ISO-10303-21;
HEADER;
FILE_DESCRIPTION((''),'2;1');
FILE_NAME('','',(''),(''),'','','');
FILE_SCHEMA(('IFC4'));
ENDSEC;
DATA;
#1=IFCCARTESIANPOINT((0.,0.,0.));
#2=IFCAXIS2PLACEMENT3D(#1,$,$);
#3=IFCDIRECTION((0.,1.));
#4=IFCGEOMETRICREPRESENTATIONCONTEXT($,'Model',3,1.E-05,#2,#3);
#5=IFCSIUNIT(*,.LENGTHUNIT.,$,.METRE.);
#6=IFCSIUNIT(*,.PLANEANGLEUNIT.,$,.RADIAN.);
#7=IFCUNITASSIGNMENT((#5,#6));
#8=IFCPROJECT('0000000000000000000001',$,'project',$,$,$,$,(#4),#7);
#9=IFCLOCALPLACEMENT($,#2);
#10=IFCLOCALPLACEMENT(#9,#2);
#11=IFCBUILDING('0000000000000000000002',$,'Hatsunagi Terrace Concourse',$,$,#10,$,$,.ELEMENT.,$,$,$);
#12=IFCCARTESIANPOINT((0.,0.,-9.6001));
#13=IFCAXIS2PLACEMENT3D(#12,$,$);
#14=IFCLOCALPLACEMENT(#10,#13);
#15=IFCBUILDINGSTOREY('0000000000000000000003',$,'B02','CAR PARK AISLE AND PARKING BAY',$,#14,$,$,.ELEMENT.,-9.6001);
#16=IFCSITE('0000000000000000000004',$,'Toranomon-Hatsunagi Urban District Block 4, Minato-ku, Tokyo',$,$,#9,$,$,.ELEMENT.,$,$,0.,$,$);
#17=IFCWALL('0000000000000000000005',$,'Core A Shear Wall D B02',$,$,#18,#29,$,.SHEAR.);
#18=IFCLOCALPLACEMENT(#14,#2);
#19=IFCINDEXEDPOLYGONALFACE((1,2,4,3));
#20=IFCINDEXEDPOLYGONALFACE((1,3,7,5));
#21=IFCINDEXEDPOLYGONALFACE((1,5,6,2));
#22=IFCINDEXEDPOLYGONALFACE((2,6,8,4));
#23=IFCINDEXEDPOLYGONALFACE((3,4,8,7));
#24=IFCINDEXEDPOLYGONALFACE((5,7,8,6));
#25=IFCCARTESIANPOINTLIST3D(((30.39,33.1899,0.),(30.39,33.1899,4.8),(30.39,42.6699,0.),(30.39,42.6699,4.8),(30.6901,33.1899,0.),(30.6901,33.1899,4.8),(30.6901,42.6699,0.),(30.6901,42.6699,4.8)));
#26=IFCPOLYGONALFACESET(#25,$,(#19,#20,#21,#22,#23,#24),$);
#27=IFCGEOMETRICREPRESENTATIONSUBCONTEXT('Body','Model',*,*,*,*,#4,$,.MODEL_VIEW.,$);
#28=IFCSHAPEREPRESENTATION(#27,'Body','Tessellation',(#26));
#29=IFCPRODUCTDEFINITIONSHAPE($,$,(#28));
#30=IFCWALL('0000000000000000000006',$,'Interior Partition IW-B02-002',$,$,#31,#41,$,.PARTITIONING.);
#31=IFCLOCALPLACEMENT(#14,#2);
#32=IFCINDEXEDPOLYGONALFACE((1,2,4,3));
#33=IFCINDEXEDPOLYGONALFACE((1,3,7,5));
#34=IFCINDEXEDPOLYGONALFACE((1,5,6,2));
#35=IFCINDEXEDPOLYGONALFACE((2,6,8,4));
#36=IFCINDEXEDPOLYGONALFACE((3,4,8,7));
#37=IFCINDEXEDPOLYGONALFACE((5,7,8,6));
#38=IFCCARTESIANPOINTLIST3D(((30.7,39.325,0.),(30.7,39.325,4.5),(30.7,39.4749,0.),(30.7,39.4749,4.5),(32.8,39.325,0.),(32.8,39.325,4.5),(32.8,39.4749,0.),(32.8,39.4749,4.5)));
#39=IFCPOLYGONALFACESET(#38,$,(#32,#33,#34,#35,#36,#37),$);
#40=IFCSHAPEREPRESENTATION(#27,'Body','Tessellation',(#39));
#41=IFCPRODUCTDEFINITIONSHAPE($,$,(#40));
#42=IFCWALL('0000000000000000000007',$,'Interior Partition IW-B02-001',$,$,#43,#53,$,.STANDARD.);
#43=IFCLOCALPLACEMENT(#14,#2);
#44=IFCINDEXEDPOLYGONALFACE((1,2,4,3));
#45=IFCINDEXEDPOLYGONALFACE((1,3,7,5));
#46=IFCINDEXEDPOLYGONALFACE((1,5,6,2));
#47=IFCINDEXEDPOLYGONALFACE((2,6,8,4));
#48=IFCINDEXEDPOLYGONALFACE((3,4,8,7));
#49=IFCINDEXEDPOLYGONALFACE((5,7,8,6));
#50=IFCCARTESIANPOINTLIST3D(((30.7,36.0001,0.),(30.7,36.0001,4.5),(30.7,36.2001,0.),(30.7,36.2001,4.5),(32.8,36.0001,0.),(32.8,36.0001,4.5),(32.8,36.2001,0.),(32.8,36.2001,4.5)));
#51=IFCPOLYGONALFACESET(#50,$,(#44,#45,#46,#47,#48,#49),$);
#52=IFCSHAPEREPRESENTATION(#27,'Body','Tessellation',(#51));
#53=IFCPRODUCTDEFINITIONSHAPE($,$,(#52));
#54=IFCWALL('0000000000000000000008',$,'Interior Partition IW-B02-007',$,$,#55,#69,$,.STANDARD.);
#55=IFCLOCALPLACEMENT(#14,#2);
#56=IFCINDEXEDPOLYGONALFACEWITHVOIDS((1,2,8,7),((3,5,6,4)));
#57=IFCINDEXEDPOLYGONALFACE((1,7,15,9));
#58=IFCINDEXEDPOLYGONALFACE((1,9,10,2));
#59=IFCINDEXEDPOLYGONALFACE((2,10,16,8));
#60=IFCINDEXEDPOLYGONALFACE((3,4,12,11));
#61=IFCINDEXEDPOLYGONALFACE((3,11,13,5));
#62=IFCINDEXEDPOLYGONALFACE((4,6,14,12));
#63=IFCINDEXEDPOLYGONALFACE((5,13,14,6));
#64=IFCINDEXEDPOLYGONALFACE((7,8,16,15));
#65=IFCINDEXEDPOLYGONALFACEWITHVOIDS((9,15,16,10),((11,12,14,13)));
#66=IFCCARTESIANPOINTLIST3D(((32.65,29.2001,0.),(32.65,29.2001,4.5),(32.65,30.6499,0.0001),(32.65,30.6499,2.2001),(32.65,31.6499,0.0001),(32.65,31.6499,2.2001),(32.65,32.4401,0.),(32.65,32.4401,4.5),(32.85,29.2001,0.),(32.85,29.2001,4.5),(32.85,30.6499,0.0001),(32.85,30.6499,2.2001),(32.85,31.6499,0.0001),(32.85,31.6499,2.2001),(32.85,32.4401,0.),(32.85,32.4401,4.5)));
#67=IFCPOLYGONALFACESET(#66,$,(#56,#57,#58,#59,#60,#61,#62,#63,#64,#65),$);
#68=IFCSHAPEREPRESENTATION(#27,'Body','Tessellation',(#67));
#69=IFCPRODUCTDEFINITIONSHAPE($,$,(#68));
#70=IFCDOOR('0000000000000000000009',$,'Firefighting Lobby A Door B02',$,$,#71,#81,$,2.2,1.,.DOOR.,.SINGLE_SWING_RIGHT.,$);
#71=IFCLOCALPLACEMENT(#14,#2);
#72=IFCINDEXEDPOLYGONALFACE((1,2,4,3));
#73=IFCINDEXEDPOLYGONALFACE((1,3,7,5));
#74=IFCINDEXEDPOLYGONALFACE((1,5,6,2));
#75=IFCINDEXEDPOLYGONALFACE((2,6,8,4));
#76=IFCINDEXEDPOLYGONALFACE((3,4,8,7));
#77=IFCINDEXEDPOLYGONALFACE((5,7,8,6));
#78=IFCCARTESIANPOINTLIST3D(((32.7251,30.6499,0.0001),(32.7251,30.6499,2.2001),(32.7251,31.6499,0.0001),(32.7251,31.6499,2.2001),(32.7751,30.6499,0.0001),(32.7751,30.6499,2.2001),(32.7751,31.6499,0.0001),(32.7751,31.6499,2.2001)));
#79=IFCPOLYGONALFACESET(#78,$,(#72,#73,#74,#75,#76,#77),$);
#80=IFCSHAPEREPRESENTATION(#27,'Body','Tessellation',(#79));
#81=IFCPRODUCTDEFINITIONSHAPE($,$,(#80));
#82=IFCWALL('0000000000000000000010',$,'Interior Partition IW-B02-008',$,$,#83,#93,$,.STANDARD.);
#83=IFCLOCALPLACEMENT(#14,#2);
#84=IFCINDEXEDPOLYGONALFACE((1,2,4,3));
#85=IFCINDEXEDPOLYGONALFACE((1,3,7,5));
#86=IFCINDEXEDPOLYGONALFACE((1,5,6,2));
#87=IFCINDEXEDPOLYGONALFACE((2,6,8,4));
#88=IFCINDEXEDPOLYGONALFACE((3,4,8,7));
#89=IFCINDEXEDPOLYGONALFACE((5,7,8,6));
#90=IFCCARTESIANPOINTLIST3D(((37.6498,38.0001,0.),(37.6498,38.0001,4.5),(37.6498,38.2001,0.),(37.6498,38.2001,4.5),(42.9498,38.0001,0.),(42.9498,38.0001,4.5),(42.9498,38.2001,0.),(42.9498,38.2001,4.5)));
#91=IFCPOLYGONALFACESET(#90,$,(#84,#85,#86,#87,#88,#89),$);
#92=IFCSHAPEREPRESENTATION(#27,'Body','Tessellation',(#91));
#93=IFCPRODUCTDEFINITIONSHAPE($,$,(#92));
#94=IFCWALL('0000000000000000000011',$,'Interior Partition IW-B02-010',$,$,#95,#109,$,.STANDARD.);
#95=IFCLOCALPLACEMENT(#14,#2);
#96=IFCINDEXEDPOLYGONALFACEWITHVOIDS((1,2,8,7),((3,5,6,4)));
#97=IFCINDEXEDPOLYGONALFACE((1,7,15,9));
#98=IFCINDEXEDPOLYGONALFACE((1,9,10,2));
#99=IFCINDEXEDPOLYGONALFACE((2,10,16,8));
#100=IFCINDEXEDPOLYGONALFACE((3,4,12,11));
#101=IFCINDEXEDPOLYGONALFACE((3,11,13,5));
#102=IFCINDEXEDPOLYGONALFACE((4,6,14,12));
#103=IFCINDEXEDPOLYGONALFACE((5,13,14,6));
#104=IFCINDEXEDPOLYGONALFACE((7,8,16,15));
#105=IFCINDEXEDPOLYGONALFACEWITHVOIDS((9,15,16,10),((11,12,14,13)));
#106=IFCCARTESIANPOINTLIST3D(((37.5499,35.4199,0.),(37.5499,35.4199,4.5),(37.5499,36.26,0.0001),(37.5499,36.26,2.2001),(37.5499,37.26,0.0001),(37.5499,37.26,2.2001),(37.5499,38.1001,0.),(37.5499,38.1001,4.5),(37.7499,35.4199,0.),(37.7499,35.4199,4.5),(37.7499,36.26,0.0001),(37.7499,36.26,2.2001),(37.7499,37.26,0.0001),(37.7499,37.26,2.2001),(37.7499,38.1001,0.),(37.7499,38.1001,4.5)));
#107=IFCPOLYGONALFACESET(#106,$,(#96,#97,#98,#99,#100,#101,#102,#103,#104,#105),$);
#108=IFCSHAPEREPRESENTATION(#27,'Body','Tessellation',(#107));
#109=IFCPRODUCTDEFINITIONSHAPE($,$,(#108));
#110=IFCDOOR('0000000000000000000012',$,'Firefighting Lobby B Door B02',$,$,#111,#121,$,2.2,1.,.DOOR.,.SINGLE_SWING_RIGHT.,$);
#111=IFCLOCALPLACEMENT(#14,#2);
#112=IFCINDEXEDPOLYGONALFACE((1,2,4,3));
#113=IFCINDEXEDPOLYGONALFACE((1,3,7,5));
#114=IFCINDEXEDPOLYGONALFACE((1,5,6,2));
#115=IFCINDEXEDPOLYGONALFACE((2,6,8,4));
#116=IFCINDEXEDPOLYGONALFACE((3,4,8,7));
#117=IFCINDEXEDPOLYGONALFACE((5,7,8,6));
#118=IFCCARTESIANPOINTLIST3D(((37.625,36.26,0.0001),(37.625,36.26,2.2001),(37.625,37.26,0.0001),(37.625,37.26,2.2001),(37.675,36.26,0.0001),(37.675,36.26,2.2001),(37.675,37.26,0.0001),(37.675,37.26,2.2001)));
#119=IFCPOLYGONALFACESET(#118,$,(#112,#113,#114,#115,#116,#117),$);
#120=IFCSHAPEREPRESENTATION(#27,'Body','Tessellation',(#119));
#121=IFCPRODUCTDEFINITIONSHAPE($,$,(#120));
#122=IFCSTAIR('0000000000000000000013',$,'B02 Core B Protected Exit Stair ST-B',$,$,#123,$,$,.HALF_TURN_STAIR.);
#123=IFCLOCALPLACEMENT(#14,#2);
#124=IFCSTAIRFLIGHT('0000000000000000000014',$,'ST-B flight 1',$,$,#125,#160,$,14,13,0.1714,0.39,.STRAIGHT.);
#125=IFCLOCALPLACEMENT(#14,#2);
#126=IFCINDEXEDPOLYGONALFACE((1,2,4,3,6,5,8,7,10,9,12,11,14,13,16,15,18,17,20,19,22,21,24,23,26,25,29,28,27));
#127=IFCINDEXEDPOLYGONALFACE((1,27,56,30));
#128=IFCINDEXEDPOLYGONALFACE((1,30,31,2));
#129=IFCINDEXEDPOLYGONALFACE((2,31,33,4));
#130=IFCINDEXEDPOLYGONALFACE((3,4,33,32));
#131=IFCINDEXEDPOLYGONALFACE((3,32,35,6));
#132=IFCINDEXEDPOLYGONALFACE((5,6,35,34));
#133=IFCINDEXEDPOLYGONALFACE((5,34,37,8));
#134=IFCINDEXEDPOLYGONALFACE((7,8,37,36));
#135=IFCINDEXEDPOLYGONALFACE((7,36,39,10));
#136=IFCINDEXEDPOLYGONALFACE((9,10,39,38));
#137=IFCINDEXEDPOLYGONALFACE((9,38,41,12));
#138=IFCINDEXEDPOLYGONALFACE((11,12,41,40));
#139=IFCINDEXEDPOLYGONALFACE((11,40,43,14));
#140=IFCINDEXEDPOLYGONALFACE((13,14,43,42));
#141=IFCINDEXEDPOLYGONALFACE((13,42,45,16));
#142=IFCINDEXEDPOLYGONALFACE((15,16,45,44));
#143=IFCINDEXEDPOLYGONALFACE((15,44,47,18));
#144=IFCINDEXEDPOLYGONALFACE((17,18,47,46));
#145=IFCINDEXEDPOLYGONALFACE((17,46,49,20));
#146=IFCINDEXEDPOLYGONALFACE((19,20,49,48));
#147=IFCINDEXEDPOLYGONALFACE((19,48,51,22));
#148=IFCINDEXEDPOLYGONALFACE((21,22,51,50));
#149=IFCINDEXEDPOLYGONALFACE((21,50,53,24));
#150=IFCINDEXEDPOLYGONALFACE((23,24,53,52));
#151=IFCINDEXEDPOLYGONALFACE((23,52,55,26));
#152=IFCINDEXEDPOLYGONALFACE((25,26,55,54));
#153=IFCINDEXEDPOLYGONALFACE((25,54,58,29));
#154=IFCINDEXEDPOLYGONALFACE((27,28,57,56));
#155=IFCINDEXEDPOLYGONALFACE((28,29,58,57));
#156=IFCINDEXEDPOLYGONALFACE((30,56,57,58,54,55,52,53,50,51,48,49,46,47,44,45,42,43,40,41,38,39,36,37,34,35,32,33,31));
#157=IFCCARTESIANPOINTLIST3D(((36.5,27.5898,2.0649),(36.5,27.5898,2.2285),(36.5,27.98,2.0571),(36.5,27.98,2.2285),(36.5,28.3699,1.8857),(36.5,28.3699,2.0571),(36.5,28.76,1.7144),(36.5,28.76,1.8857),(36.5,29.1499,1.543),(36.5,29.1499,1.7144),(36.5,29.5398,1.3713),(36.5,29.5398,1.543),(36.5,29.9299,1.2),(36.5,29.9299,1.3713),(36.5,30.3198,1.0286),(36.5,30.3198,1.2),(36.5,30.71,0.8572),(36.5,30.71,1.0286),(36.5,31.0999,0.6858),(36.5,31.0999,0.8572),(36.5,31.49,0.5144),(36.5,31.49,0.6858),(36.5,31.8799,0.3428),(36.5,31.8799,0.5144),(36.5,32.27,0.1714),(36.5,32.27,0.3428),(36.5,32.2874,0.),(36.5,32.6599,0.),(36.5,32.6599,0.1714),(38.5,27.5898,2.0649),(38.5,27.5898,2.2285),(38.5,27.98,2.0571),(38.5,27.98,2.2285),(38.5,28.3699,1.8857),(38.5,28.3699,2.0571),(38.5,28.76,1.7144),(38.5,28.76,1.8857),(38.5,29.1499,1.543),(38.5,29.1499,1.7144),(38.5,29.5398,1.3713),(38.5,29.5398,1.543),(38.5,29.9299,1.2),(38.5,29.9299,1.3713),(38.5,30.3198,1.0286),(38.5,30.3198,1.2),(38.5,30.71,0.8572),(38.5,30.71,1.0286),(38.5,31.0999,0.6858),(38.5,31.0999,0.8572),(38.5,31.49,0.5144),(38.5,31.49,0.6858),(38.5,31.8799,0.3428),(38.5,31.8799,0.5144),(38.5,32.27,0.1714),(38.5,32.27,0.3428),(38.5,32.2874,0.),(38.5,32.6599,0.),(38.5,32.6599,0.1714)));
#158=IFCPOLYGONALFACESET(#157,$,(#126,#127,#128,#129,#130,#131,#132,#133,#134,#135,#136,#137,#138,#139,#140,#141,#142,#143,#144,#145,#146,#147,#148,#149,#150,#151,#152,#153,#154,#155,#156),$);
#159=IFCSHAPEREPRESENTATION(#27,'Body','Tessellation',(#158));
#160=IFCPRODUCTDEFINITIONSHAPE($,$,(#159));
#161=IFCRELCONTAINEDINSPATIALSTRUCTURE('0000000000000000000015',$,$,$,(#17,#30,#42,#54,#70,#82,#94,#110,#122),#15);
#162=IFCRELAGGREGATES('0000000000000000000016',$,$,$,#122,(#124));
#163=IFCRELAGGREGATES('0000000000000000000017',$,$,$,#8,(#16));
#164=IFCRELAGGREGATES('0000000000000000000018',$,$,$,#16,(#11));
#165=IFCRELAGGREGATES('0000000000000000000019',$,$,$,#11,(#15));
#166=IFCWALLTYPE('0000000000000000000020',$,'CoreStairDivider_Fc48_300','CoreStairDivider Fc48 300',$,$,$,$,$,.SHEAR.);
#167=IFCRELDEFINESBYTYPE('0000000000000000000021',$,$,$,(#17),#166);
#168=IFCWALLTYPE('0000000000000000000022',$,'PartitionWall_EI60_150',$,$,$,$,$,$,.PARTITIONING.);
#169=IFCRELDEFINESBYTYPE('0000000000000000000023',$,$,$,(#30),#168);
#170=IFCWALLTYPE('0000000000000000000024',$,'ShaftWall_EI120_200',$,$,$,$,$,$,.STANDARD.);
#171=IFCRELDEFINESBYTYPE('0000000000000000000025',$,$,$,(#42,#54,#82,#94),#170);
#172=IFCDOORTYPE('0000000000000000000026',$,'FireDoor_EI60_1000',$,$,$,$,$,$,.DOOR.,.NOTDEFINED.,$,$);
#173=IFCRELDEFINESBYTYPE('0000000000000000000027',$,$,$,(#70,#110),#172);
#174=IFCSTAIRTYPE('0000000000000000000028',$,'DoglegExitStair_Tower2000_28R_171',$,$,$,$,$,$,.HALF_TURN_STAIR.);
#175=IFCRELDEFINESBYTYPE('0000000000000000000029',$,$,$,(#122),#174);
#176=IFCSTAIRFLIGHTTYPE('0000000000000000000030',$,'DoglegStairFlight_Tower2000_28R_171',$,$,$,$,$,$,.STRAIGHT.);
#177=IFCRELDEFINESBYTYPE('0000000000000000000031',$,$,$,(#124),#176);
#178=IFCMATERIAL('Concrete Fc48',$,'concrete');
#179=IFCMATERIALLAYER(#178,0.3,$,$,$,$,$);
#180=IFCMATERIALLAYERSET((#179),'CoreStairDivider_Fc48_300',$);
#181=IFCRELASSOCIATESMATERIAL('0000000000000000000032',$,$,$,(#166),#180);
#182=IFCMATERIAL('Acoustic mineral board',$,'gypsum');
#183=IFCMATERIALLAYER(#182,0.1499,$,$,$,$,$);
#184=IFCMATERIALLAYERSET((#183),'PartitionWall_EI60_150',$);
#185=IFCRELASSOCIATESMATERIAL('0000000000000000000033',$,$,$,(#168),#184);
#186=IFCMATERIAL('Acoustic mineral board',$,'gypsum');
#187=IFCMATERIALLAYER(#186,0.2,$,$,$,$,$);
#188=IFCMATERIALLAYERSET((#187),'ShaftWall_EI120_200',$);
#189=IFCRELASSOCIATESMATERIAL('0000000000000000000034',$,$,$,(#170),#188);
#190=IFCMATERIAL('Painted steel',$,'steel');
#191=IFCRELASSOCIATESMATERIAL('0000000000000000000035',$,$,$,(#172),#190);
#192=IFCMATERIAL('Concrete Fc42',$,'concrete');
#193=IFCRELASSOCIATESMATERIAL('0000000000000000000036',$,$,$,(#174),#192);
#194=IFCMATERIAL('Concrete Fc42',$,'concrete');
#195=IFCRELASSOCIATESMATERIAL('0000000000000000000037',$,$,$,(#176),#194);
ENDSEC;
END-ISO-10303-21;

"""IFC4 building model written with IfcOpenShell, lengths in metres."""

from ifc_helpers import new_model, si_unit, direction, frame, frame_2d, origin, place, context, subcontext, project, spatial, polyline, rectangle, outline, extrude, material, layer, layer_set, type_object, element, fill, aggregate, save


model = new_model("IFC4")

# Units and contexts
model_context = context("Model", 3, precision=1e-05, world=origin(), true_north=direction((0.0, 1.0)))
body_context = subcontext(model_context, "Body", "Model", "MODEL_VIEW")
ifc_project = project(units=[si_unit("LENGTHUNIT", "METRE"), si_unit("PLANEANGLEUNIT", "RADIAN")], contexts=[model_context])

# Site, building, storey
site_placement = place(None, origin())
site = spatial("IfcSite", under=ifc_project, at=site_placement, Name="Toranomon-Hatsunagi Urban District Block 4, Minato-ku, Tokyo", CompositionType="ELEMENT", RefElevation=0.0)
building_placement = place(site_placement, origin())
building = spatial("IfcBuilding", under=site, at=building_placement, Name="Hatsunagi Terrace Concourse", CompositionType="ELEMENT")
storey_placement = place(building_placement, frame((0.0, 0.0, -9.6001)))
storey = spatial("IfcBuildingStorey", under=building, at=storey_placement, Name="B02", Description="CAR PARK AISLE AND PARKING BAY", CompositionType="ELEMENT", Elevation=-9.6001)

# Walls
ifc_material_1 = material(Name="Concrete Fc48", Category="concrete")
ifc_layer_1 = layer(ifc_material_1, 0.3)
ifc_layer_set_1 = layer_set([ifc_layer_1], Name="CoreStairDivider_Fc48_300")
wall_type_1 = type_object("IfcWallType", Name="CoreStairDivider_Fc48_300", Description="CoreStairDivider Fc48 300", PredefinedType="SHEAR", material=ifc_layer_set_1)
wall_1_placement = place(storey_placement, frame((30.54, 33.1899, 0.0), z_axis=(0.0, 0.0, 1.0), x_axis=(0.0, 1.0, 0.0)))
element("IfcWall", 1, at=wall_1_placement, inside=storey, type_object=wall_type_1, Name="Core A Shear Wall D B02", PredefinedType="SHEAR", context=body_context, shape_type="SweptSolid", body=[
    extrude(rectangle(XDim=9.48, YDim=0.3, at=frame_2d((4.74, 0.0))), origin(), (0.0, 0.0, 1.0), 4.8),
])
ifc_material_2 = material(Name="Acoustic mineral board", Category="gypsum")
ifc_layer_2 = layer(ifc_material_2, 0.1499)
ifc_layer_set_2 = layer_set([ifc_layer_2], Name="PartitionWall_EI60_150")
wall_type_2 = type_object("IfcWallType", Name="PartitionWall_EI60_150", PredefinedType="PARTITIONING", material=ifc_layer_set_2)
wall_2_placement = place(storey_placement, frame((30.7, 39.3999, 0.0), z_axis=(0.0, 0.0, 1.0), x_axis=(1.0, 0.0, 0.0)))
element("IfcWall", 2, at=wall_2_placement, inside=storey, type_object=wall_type_2, Name="Interior Partition IW-B02-002", PredefinedType="PARTITIONING", context=body_context, shape_type="SweptSolid", body=[
    extrude(rectangle(XDim=2.1001, YDim=0.1499, at=frame_2d((1.05, 0.0))), origin(), (0.0, 0.0, 1.0), 4.5),
])
ifc_material_3 = material(Name="Acoustic mineral board", Category="gypsum")
ifc_layer_3 = layer(ifc_material_3, 0.2)
ifc_layer_set_3 = layer_set([ifc_layer_3], Name="ShaftWall_EI120_200")
wall_type_3 = type_object("IfcWallType", Name="ShaftWall_EI120_200", PredefinedType="STANDARD", material=ifc_layer_set_3)
wall_3_placement = place(storey_placement, frame((30.7, 36.1001, 0.0), z_axis=(0.0, 0.0, 1.0), x_axis=(1.0, 0.0, 0.0)))
element("IfcWall", 3, at=wall_3_placement, inside=storey, type_object=wall_type_3, Name="Interior Partition IW-B02-001", PredefinedType="STANDARD", context=body_context, shape_type="SweptSolid", body=[
    extrude(rectangle(XDim=2.1001, YDim=0.2, at=frame_2d((1.05, 0.0))), origin(), (0.0, 0.0, 1.0), 4.5),
])

# Wall, opening, door
wall_4_placement = place(storey_placement, frame((32.75, 29.2, 0.0), z_axis=(0.0, 0.0, 1.0), x_axis=(0.0, 1.0, 0.0)))
wall_4 = element("IfcWall", 4, at=wall_4_placement, inside=storey, type_object=wall_type_3, Name="Interior Partition IW-B02-007", PredefinedType="STANDARD", context=body_context, shape_type="SweptSolid", body=[
    extrude(rectangle(XDim=3.24, YDim=0.2, at=frame_2d((1.6201, 0.0))), origin(), (0.0, 0.0, 1.0), 4.5),
])
opening_1_placement = place(wall_4_placement, frame((1.45, 0.0, 0.0)))
opening_1 = element("IfcOpeningElement", 5, at=opening_1_placement, cuts=wall_4, PredefinedType="OPENING", context=body_context, shape_type="SweptSolid", body=[
    extrude(rectangle(XDim=1.0, YDim=2.2, at=frame_2d((0.5, 1.1001))), frame((0.0, 0.1099, 0.0), z_axis=(0.0, -1.0, 0.0), x_axis=(1.0, 0.0, 0.0)), (0.0, 0.0, 1.0), 0.22),
])
ifc_material_4 = material(Name="Painted steel", Category="steel")
door_type_1 = type_object("IfcDoorType", Name="FireDoor_EI60_1000", OperationType="NOTDEFINED", PredefinedType="DOOR", material=ifc_material_4)
door_1_placement = place(opening_1_placement, origin())
door_1 = element("IfcDoor", 6, at=door_1_placement, inside=storey, type_object=door_type_1, Name="Firefighting Lobby A Door B02", OperationType="SINGLE_SWING_RIGHT", OverallHeight=2.2, OverallWidth=1.0, PredefinedType="DOOR", context=body_context, shape_type="SweptSolid", body=[
    extrude(rectangle(XDim=1.0, YDim=2.2, at=frame_2d((0.5, 1.1001))), frame((0.0, 0.0249, 0.0), z_axis=(0.0, -1.0, 0.0), x_axis=(1.0, 0.0, 0.0)), (0.0, 0.0, 1.0), 0.05),
])
fill(opening_1, door_1)

# Wall
wall_5_placement = place(storey_placement, frame((37.6499, 38.1001, 0.0), z_axis=(0.0, 0.0, 1.0), x_axis=(1.0, 0.0, 0.0)))
element("IfcWall", 7, at=wall_5_placement, inside=storey, type_object=wall_type_3, Name="Interior Partition IW-B02-008", PredefinedType="STANDARD", context=body_context, shape_type="SweptSolid", body=[
    extrude(rectangle(XDim=5.3, YDim=0.2, at=frame_2d((2.6499, 0.0))), origin(), (0.0, 0.0, 1.0), 4.5),
])

# Wall, opening, door
wall_6_placement = place(storey_placement, frame((37.6499, 35.4199, 0.0), z_axis=(0.0, 0.0, 1.0), x_axis=(0.0, 1.0, 0.0)))
wall_6 = element("IfcWall", 8, at=wall_6_placement, inside=storey, type_object=wall_type_3, Name="Interior Partition IW-B02-010", PredefinedType="STANDARD", context=body_context, shape_type="SweptSolid", body=[
    extrude(rectangle(XDim=2.6802, YDim=0.2, at=frame_2d((1.3401, 0.0))), origin(), (0.0, 0.0, 1.0), 4.5),
])
opening_2_placement = place(wall_6_placement, frame((0.8401, 0.0, 0.0)))
opening_2 = element("IfcOpeningElement", 9, at=opening_2_placement, cuts=wall_6, PredefinedType="OPENING", context=body_context, shape_type="SweptSolid", body=[
    extrude(rectangle(XDim=1.0, YDim=2.2, at=frame_2d((0.5, 1.1001))), frame((0.0, 0.1099, 0.0), z_axis=(0.0, -1.0, 0.0), x_axis=(1.0, 0.0, 0.0)), (0.0, 0.0, 1.0), 0.22),
])
door_2_placement = place(opening_2_placement, origin())
door_2 = element("IfcDoor", 10, at=door_2_placement, inside=storey, type_object=door_type_1, Name="Firefighting Lobby B Door B02", OperationType="SINGLE_SWING_RIGHT", OverallHeight=2.2, OverallWidth=1.0, PredefinedType="DOOR", context=body_context, shape_type="SweptSolid", body=[
    extrude(rectangle(XDim=1.0, YDim=2.2, at=frame_2d((0.5, 1.1001))), frame((0.0, 0.0249, 0.0), z_axis=(0.0, -1.0, 0.0), x_axis=(1.0, 0.0, 0.0)), (0.0, 0.0, 1.0), 0.05),
])
fill(opening_2, door_2)

# Stair, stair flight
ifc_material_5 = material(Name="Concrete Fc42", Category="concrete")
stair_type = type_object("IfcStairType", Name="DoglegExitStair_Tower2000_28R_171", PredefinedType="HALF_TURN_STAIR", material=ifc_material_5)
stair_placement = place(storey_placement, origin())
stair = element("IfcStair", 11, at=stair_placement, inside=storey, type_object=stair_type, Name="B02 Core B Protected Exit Stair ST-B", PredefinedType="HALF_TURN_STAIR")
ifc_material_6 = material(Name="Concrete Fc42", Category="concrete")
stair_flight_type = type_object("IfcStairFlightType", Name="DoglegStairFlight_Tower2000_28R_171", PredefinedType="STRAIGHT", material=ifc_material_6)
stair_flight_placement = place(storey_placement, frame((37.5, 32.6599, 0.0), z_axis=(0.0, 0.0, 1.0), x_axis=(0.0, -1.0, 0.0)))
stair_flight = element("IfcStairFlight", 12, at=stair_flight_placement, type_object=stair_flight_type, Name="ST-B flight 1", NumberOfRisers=14, NumberOfTreads=13, PredefinedType="STRAIGHT", RiserHeight=0.1714, TreadLength=0.39, context=body_context, shape_type="SweptSolid", body=[
    extrude(outline(polyline([(0.0, 0.0), (0.0, 0.1714), (0.3899, 0.1714), (0.3899, 0.3428), (0.78, 0.3428), (0.78, 0.5144), (1.1699, 0.5144), (1.1699, 0.6858), (1.5601, 0.6858), (1.5601, 0.8572), (1.95, 0.8572), (1.95, 1.0286), (2.3401, 1.0286), (2.3401, 1.2), (2.73, 1.2), (2.73, 1.3713), (3.1201, 1.3713), (3.1201, 1.543), (3.51, 1.543), (3.51, 1.7144), (3.8999, 1.7144), (3.8999, 1.8857), (4.29, 1.8857), (4.29, 2.0571), (4.6799, 2.0571), (4.6799, 2.2285), (5.0701, 2.2285), (5.0701, 2.3999), (5.0701, 2.0649), (0.3726, 0.0), (0.0, 0.0)])), frame((0.0, 1.0, 0.0), z_axis=(0.0, -1.0, 0.0), x_axis=(1.0, 0.0, 0.0)), (0.0, 0.0, 1.0), 2.0),
])
aggregate(stair, [stair_flight])

save(model, "model.ifc")
